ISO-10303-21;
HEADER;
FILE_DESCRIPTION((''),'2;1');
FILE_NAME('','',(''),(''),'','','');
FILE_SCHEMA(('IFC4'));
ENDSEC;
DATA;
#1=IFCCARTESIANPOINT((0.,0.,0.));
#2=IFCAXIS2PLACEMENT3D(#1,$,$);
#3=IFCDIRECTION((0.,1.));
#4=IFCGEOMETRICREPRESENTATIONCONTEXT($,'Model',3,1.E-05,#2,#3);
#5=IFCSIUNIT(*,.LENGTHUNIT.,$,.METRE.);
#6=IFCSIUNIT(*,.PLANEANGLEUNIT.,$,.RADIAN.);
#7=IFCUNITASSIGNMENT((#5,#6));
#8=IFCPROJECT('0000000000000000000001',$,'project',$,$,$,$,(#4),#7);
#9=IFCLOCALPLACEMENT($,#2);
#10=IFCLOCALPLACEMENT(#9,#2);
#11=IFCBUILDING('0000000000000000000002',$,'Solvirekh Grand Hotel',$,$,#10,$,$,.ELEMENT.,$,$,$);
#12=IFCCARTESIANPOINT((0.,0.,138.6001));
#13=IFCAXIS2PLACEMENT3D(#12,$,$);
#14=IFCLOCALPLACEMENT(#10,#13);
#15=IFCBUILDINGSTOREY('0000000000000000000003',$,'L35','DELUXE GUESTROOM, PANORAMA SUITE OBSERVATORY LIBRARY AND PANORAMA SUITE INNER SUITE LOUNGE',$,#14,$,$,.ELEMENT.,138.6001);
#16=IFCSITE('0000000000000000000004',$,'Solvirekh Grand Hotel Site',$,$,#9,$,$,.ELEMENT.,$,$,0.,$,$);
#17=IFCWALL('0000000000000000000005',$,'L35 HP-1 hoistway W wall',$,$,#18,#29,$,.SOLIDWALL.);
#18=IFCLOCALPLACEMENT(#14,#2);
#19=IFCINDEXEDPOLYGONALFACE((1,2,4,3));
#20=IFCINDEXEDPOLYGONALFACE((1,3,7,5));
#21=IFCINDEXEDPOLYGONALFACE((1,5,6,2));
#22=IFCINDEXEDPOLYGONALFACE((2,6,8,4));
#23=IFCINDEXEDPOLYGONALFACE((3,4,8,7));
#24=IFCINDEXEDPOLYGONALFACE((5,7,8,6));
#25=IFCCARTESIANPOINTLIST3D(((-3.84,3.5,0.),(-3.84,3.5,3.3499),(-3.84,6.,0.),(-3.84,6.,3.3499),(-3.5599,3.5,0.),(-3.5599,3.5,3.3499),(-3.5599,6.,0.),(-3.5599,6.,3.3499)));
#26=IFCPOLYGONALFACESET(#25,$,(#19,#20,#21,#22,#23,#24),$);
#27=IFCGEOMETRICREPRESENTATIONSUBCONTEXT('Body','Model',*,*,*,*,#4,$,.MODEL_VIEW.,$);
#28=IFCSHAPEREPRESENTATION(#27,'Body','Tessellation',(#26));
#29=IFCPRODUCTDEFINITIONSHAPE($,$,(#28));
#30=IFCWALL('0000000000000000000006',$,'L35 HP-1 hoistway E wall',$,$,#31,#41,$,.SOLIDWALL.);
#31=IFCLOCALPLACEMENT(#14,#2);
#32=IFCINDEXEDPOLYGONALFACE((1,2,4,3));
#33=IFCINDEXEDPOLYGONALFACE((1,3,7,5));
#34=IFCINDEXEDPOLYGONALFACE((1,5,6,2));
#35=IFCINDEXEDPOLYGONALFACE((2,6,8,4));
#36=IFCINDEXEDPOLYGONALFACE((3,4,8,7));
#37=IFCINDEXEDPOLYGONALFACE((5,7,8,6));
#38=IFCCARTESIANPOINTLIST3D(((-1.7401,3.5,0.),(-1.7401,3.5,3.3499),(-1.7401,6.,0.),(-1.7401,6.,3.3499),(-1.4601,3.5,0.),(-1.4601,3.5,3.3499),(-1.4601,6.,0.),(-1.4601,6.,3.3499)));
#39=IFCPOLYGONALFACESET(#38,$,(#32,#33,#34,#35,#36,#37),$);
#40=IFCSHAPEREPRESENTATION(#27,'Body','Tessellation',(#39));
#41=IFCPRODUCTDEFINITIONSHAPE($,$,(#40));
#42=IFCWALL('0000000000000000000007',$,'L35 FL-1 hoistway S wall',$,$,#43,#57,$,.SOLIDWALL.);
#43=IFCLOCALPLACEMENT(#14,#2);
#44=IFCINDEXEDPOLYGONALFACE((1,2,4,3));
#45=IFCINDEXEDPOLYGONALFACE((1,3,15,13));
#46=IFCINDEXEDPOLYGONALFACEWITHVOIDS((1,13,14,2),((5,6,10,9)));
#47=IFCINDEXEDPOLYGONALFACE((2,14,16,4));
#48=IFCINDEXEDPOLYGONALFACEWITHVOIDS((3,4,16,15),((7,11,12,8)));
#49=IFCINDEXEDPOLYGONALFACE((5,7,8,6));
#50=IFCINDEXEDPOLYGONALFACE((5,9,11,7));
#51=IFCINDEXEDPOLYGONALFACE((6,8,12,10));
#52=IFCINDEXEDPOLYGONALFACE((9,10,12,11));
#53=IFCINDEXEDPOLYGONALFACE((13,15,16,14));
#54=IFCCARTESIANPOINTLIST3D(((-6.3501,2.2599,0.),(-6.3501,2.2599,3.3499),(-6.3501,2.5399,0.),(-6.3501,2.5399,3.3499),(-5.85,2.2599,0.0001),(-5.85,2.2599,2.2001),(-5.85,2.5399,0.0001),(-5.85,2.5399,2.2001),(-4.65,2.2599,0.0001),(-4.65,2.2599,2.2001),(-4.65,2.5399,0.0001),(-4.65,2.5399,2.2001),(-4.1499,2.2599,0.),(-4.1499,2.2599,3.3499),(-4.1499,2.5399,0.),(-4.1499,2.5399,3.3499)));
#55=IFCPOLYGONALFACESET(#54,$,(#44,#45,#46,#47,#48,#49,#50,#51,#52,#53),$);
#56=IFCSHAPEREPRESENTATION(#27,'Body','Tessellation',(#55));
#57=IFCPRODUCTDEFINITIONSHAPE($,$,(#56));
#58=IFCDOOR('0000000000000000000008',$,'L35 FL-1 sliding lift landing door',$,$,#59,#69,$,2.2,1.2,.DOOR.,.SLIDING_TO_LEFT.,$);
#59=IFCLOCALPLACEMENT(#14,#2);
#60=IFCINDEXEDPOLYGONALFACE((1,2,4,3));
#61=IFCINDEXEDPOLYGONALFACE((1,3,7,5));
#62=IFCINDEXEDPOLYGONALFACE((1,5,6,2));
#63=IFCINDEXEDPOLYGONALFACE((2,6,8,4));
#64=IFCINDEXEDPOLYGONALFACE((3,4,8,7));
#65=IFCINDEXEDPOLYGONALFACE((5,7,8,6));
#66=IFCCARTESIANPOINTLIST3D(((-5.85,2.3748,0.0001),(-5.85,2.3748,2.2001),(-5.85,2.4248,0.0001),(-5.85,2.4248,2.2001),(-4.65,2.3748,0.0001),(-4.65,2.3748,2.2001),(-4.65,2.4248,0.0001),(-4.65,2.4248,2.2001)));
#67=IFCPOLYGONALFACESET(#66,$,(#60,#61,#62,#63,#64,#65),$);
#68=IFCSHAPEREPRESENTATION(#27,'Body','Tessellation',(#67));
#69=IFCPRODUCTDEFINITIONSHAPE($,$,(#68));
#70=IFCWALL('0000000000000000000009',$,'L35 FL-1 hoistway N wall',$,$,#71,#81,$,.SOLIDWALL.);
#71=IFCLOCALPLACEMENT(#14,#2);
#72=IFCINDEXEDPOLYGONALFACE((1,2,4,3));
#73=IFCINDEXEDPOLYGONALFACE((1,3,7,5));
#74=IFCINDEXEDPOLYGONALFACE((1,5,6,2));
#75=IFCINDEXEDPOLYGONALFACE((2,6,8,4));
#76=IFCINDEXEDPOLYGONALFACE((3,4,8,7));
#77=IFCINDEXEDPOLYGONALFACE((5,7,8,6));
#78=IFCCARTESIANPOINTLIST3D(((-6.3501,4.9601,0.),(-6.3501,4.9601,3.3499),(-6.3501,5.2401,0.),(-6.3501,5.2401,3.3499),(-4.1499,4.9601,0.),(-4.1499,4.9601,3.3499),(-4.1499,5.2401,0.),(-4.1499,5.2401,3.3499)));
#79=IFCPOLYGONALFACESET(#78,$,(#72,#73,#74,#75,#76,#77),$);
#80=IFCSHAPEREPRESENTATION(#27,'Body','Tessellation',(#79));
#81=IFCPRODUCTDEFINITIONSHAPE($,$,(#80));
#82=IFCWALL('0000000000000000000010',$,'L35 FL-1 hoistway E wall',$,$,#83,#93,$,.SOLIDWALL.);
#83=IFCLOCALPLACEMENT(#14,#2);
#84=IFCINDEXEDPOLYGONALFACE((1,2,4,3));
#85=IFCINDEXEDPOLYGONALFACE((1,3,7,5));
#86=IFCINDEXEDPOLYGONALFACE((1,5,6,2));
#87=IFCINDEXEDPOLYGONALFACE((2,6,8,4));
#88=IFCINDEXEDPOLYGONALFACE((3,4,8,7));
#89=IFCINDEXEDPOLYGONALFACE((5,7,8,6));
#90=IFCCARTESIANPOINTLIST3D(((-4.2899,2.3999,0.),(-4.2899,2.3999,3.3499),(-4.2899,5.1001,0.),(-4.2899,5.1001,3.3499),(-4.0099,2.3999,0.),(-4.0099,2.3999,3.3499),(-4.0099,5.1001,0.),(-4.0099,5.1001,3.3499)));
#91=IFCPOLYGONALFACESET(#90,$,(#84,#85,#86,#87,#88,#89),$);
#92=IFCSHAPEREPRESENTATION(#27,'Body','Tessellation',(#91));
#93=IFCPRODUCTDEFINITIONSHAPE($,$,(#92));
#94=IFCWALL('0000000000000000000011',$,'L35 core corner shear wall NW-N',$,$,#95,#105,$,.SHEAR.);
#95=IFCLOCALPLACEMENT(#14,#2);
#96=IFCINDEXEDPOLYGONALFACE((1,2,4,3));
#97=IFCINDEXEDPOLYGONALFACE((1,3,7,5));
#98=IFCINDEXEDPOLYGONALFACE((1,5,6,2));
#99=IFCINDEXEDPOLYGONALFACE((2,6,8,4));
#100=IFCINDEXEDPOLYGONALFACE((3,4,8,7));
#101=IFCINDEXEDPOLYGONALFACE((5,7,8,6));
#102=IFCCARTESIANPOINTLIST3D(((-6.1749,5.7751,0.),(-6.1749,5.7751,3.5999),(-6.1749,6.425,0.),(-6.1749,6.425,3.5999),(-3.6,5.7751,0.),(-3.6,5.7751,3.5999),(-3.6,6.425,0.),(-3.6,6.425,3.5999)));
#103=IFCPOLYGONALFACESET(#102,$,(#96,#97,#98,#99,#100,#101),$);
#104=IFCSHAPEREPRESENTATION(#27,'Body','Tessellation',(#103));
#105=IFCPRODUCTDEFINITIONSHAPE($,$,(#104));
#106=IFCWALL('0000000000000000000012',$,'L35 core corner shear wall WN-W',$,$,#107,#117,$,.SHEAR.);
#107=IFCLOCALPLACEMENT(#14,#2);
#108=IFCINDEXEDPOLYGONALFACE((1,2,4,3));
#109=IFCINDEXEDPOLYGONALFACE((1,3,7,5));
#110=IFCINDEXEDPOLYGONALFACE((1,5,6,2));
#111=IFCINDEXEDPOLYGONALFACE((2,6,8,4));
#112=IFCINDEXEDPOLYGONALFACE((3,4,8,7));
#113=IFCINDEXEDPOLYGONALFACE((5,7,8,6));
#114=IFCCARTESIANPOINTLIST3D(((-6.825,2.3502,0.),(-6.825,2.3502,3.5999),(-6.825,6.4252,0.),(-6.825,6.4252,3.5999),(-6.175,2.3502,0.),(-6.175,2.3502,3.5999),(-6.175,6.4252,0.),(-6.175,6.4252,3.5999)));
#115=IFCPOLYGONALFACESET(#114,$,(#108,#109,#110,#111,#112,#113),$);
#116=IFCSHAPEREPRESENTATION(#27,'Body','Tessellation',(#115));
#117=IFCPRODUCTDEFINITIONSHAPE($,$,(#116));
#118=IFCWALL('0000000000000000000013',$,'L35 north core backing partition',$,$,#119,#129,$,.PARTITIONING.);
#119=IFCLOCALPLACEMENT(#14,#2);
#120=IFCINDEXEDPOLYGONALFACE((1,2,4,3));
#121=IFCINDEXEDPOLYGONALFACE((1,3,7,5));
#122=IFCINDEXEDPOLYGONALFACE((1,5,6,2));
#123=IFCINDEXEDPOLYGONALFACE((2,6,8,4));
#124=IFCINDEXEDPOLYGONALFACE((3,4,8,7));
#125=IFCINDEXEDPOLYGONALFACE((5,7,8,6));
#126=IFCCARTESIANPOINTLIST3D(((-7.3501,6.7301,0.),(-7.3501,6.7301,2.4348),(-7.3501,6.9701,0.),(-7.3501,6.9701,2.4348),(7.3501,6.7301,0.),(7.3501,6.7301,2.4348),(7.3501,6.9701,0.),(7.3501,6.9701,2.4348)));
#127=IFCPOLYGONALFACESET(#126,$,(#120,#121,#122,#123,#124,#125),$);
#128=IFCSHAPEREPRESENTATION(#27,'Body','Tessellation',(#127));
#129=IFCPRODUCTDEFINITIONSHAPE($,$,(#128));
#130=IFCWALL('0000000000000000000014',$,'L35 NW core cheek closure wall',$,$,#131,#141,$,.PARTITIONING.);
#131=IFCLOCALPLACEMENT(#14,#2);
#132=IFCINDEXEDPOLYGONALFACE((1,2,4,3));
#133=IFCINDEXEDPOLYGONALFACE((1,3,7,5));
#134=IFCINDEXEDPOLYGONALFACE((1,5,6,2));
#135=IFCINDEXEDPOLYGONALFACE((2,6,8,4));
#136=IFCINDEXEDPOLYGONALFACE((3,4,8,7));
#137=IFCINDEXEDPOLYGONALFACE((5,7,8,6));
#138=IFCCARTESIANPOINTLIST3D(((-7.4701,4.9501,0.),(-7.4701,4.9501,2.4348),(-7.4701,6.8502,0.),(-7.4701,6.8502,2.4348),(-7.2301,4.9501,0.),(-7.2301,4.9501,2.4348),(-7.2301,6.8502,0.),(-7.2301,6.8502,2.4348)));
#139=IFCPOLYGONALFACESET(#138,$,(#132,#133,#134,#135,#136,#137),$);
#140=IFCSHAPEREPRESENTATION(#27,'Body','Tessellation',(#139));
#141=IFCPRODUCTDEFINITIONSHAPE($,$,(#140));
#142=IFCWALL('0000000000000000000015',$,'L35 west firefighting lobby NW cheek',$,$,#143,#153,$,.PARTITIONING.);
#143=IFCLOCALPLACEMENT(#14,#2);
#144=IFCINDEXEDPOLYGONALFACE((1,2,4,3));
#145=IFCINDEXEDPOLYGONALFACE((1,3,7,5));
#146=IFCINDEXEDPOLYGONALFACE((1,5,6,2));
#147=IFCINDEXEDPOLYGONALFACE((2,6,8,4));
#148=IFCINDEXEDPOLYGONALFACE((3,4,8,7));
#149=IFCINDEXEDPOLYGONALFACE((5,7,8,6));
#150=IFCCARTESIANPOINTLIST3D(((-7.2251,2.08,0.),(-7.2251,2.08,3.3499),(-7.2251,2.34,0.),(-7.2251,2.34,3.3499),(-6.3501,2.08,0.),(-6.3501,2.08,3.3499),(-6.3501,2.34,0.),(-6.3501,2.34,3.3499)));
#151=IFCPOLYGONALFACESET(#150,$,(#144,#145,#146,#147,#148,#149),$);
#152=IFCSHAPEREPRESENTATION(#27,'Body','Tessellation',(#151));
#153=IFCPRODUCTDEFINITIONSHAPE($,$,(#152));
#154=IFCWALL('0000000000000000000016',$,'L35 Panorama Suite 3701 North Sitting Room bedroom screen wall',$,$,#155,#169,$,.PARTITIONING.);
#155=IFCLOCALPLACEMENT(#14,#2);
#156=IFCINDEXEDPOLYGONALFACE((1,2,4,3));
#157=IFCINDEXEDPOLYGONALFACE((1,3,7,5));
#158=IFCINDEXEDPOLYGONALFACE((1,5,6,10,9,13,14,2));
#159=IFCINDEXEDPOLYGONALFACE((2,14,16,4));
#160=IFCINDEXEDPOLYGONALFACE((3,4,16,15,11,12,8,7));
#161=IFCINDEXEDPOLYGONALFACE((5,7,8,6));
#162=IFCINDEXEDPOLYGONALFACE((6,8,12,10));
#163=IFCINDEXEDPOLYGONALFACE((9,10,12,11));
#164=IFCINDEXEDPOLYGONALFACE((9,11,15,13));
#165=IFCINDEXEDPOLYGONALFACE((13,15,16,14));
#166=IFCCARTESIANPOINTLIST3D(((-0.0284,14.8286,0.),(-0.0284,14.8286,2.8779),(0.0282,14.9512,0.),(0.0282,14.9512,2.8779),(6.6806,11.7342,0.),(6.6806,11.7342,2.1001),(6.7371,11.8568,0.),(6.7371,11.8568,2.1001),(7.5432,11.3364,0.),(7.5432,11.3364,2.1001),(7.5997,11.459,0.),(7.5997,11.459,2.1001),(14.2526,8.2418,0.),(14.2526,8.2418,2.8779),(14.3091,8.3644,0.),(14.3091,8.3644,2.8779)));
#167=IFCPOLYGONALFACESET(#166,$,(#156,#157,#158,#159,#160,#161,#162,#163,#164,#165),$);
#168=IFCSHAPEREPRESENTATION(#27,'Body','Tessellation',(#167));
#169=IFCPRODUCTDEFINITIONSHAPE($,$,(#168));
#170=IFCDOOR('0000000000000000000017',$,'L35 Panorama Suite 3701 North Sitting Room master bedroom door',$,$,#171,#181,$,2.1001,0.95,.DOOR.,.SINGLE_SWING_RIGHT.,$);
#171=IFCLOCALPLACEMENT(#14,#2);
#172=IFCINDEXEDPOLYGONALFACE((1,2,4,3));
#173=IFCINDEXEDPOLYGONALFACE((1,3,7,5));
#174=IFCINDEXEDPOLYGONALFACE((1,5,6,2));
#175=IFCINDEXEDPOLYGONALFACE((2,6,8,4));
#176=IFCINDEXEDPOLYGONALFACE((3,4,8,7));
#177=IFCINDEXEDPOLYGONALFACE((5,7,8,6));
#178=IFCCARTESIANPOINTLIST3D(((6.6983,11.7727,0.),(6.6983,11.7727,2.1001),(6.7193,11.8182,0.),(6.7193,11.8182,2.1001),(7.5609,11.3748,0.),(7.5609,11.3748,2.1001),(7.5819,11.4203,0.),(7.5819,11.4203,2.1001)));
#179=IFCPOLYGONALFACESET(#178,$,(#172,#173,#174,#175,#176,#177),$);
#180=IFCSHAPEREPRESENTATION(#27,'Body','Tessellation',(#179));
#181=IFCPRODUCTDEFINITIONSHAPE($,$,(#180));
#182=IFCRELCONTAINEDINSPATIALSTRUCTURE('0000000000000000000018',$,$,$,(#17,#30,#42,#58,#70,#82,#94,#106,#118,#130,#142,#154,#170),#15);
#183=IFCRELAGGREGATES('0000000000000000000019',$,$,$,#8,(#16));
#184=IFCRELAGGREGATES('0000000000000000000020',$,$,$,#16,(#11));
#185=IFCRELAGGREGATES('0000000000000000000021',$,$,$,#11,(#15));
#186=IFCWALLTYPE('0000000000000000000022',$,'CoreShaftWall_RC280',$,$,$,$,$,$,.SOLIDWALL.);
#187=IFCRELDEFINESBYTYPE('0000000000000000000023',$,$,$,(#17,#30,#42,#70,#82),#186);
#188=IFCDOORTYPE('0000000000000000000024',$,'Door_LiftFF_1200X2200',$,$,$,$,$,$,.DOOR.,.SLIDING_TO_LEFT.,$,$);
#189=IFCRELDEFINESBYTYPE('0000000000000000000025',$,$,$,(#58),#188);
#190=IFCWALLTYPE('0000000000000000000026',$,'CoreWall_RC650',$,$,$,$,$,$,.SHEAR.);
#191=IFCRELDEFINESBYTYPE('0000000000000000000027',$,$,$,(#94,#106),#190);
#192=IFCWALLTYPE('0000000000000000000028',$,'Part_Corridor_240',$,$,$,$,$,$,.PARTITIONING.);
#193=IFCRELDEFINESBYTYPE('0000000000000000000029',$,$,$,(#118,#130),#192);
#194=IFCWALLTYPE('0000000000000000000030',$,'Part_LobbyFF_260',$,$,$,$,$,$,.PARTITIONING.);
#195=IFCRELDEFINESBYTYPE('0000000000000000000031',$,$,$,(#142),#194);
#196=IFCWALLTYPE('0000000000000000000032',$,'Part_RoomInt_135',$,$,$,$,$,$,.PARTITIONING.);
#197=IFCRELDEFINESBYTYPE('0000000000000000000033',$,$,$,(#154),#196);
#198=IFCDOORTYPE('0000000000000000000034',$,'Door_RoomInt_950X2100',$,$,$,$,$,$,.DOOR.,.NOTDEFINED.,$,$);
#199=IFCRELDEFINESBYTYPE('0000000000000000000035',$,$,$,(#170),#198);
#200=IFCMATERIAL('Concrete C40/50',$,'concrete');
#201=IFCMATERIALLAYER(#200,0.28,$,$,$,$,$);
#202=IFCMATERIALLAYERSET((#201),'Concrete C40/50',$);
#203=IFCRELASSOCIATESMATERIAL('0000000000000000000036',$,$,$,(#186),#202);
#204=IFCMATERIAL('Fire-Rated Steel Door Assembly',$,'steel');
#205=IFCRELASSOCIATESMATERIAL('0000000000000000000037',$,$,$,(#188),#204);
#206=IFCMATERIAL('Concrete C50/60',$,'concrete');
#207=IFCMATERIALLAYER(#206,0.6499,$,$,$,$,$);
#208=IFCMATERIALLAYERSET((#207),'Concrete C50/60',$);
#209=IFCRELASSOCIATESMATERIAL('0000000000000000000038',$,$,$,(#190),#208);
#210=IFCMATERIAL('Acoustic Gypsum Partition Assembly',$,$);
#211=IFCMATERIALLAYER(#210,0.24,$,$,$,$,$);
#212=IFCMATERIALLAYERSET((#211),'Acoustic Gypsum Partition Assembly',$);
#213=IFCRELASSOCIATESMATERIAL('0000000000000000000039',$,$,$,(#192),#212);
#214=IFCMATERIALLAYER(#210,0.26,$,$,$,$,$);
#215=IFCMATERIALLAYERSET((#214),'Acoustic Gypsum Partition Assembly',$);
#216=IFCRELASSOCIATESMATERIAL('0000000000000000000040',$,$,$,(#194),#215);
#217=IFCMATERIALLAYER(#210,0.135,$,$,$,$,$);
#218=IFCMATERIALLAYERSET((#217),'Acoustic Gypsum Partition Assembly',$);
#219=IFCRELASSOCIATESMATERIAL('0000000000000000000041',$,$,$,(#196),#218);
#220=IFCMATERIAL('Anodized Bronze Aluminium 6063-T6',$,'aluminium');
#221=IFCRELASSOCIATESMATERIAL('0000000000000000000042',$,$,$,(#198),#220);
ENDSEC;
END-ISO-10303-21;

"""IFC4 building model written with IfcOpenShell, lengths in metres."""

from ifc_helpers import new_model, si_unit, direction, frame, frame_2d, origin, place, context, subcontext, project, spatial, rectangle, extrude, material, layer, layer_set, type_object, element, fill, save


model = new_model("IFC4")

# Units and contexts
model_context = context("Model", 3, precision=1e-05, world=origin(), true_north=direction((0.0, 1.0)))
body_context = subcontext(model_context, "Body", "Model", "MODEL_VIEW")
ifc_project = project(units=[si_unit("LENGTHUNIT", "METRE"), si_unit("PLANEANGLEUNIT", "RADIAN")], contexts=[model_context])

# Site, building, storey
site_placement = place(None, origin())
site = spatial("IfcSite", under=ifc_project, at=site_placement, Name="Solvirekh Grand Hotel Site", CompositionType="ELEMENT", RefElevation=0.0)
building_placement = place(site_placement, origin())
building = spatial("IfcBuilding", under=site, at=building_placement, Name="Solvirekh Grand Hotel", CompositionType="ELEMENT")
storey_placement = place(building_placement, frame((0.0, 0.0, 138.6001)))
storey = spatial("IfcBuildingStorey", under=building, at=storey_placement, Name="L35", Description="DELUXE GUESTROOM, PANORAMA SUITE OBSERVATORY LIBRARY AND PANORAMA SUITE INNER SUITE LOUNGE", CompositionType="ELEMENT", Elevation=138.6001)

# Shared definitions
ifc_material_1 = material(Name="Concrete C50/60", Category="concrete")

# Shared definitions
ifc_material_2 = material(Name="Anodized Bronze Aluminium 6063-T6", Category="aluminium")

# Walls
ifc_material_3 = material(Name="Concrete C40/50", Category="concrete")
ifc_layer_1 = layer(ifc_material_3, 0.28)
ifc_layer_set_1 = layer_set([ifc_layer_1], Name="Concrete C40/50")
wall_type_1 = type_object("IfcWallType", Name="CoreShaftWall_RC280", PredefinedType="SOLIDWALL", material=ifc_layer_set_1)
for number, where, z_axis, x_axis, name in (
    (1, (-3.7, 6.0, 0.0), (0.0, 0.0, 1.0), (0.0, -1.0, 0.0), "L35 HP-1 hoistway W wall"),
    (2, (-1.6001, 3.5, 0.0), (0.0, 0.0, 1.0), (0.0, 1.0, 0.0), "L35 HP-1 hoistway E wall"),
):
    element("IfcWall", number, at=place(storey_placement, frame(where, z_axis=z_axis, x_axis=x_axis)), inside=storey, type_object=wall_type_1, Name=name, PredefinedType="SOLIDWALL", context=body_context, shape_type="SweptSolid", body=[
        extrude(rectangle(XDim=2.5, YDim=0.28, at=frame_2d((1.25, 0.0))), origin(), (0.0, 0.0, 1.0), 3.3499),
    ])

# Wall, opening, door
wall_1_placement = place(storey_placement, frame((-6.3501, 2.3999, 0.0), z_axis=(0.0, 0.0, 1.0), x_axis=(1.0, 0.0, 0.0)))
wall_1 = element("IfcWall", 3, at=wall_1_placement, inside=storey, type_object=wall_type_1, Name="L35 FL-1 hoistway S wall", PredefinedType="SOLIDWALL", context=body_context, shape_type="SweptSolid", body=[
    extrude(rectangle(XDim=2.2002, YDim=0.28, at=frame_2d((1.1001, 0.0))), origin(), (0.0, 0.0, 1.0), 3.3499),
])
opening_1_placement = place(wall_1_placement, frame((0.5, 0.0, 0.0)))
opening_1 = element("IfcOpeningElement", 4, at=opening_1_placement, cuts=wall_1, PredefinedType="OPENING", context=body_context, shape_type="SweptSolid", body=[
    extrude(rectangle(XDim=1.2, YDim=2.2, at=frame_2d((0.6001, 1.1001))), frame((0.0, 0.1499, 0.0), z_axis=(0.0, -1.0, 0.0), x_axis=(1.0, 0.0, 0.0)), (0.0, 0.0, 1.0), 0.3),
])
ifc_material_4 = material(Name="Fire-Rated Steel Door Assembly", Category="steel")
door_type_1 = type_object("IfcDoorType", Name="Door_LiftFF_1200X2200", OperationType="SLIDING_TO_LEFT", PredefinedType="DOOR", material=ifc_material_4)
door_1_placement = place(opening_1_placement, origin())
door_1 = element("IfcDoor", 5, at=door_1_placement, inside=storey, type_object=door_type_1, Name="L35 FL-1 sliding lift landing door", OperationType="SLIDING_TO_LEFT", OverallHeight=2.2, OverallWidth=1.2, PredefinedType="DOOR", context=body_context, shape_type="SweptSolid", body=[
    extrude(rectangle(XDim=1.2, YDim=2.2, at=frame_2d((0.6001, 1.1001))), frame((0.0, 0.0249, 0.0), z_axis=(0.0, -1.0, 0.0), x_axis=(1.0, 0.0, 0.0)), (0.0, 0.0, 1.0), 0.05),
])
fill(opening_1, door_1)

# Walls
wall_2_placement = place(storey_placement, frame((-4.1499, 5.1001, 0.0), z_axis=(0.0, 0.0, 1.0), x_axis=(-1.0, 0.0, 0.0)))
element("IfcWall", 6, at=wall_2_placement, inside=storey, type_object=wall_type_1, Name="L35 FL-1 hoistway N wall", PredefinedType="SOLIDWALL", context=body_context, shape_type="SweptSolid", body=[
    extrude(rectangle(XDim=2.2002, YDim=0.28, at=frame_2d((1.1001, 0.0))), origin(), (0.0, 0.0, 1.0), 3.3499),
])
wall_3_placement = place(storey_placement, frame((-4.1499, 2.3999, 0.0), z_axis=(0.0, 0.0, 1.0), x_axis=(0.0, 1.0, 0.0)))
element("IfcWall", 7, at=wall_3_placement, inside=storey, type_object=wall_type_1, Name="L35 FL-1 hoistway E wall", PredefinedType="SOLIDWALL", context=body_context, shape_type="SweptSolid", body=[
    extrude(rectangle(XDim=2.7002, YDim=0.28, at=frame_2d((1.3501, 0.0))), origin(), (0.0, 0.0, 1.0), 3.3499),
])
ifc_layer_2 = layer(ifc_material_1, 0.6499)
ifc_layer_set_2 = layer_set([ifc_layer_2], Name="Concrete C50/60")
wall_type_2 = type_object("IfcWallType", Name="CoreWall_RC650", PredefinedType="SHEAR", material=ifc_layer_set_2)
wall_4_placement = place(storey_placement, frame((-6.175, 6.1001, 0.0), z_axis=(0.0, 0.0, 1.0), x_axis=(1.0, 0.0, 0.0)))
element("IfcWall", 8, at=wall_4_placement, inside=storey, type_object=wall_type_2, Name="L35 core corner shear wall NW-N", PredefinedType="SHEAR", context=body_context, shape_type="SweptSolid", body=[
    extrude(rectangle(XDim=2.575, YDim=0.6499, at=frame_2d((1.2876, 0.0))), origin(), (0.0, 0.0, 1.0), 3.5999),
])
wall_5_placement = place(storey_placement, frame((-6.5, 2.3501, 0.0), z_axis=(0.0, 0.0, 1.0), x_axis=(0.0, 1.0, 0.0)))
element("IfcWall", 9, at=wall_5_placement, inside=storey, type_object=wall_type_2, Name="L35 core corner shear wall WN-W", PredefinedType="SHEAR", context=body_context, shape_type="SweptSolid", body=[
    extrude(rectangle(XDim=4.075, YDim=0.6499, at=frame_2d((2.0376, 0.0))), origin(), (0.0, 0.0, 1.0), 3.5999),
])
ifc_material_5 = material(Name="Acoustic Gypsum Partition Assembly")
ifc_layer_3 = layer(ifc_material_5, 0.24)
ifc_layer_set_3 = layer_set([ifc_layer_3], Name="Acoustic Gypsum Partition Assembly")
wall_type_3 = type_object("IfcWallType", Name="Part_Corridor_240", PredefinedType="PARTITIONING", material=ifc_layer_set_3)
wall_6_placement = place(storey_placement, frame((-7.3501, 6.8501, 0.0), z_axis=(0.0, 0.0, 1.0), x_axis=(1.0, 0.0, 0.0)))
element("IfcWall", 10, at=wall_6_placement, inside=storey, type_object=wall_type_3, Name="L35 north core backing partition", PredefinedType="PARTITIONING", context=body_context, shape_type="SweptSolid", body=[
    extrude(rectangle(XDim=14.7002, YDim=0.24, at=frame_2d((7.3501, 0.0))), origin(), (0.0, 0.0, 1.0), 2.4348),
])
wall_7_placement = place(storey_placement, frame((-7.3501, 4.95, 0.0), z_axis=(0.0, 0.0, 1.0), x_axis=(0.0, 1.0, 0.0)))
element("IfcWall", 11, at=wall_7_placement, inside=storey, type_object=wall_type_3, Name="L35 NW core cheek closure wall", PredefinedType="PARTITIONING", context=body_context, shape_type="SweptSolid", body=[
    extrude(rectangle(XDim=1.9001, YDim=0.24, at=frame_2d((0.9502, 0.0))), origin(), (0.0, 0.0, 1.0), 2.4348),
])
ifc_layer_4 = layer(ifc_material_5, 0.26)
ifc_layer_set_4 = layer_set([ifc_layer_4], Name="Acoustic Gypsum Partition Assembly")
wall_type_4 = type_object("IfcWallType", Name="Part_LobbyFF_260", PredefinedType="PARTITIONING", material=ifc_layer_set_4)
wall_8_placement = place(storey_placement, frame((-7.2251, 2.21, 0.0), z_axis=(0.0, 0.0, 1.0), x_axis=(1.0, 0.0, 0.0)))
element("IfcWall", 12, at=wall_8_placement, inside=storey, type_object=wall_type_4, Name="L35 west firefighting lobby NW cheek", PredefinedType="PARTITIONING", context=body_context, shape_type="SweptSolid", body=[
    extrude(rectangle(XDim=0.875, YDim=0.26, at=frame_2d((0.4375, 0.0))), origin(), (0.0, 0.0, 1.0), 3.3499),
])

# Wall, opening, door
ifc_layer_5 = layer(ifc_material_5, 0.135)
ifc_layer_set_5 = layer_set([ifc_layer_5], Name="Acoustic Gypsum Partition Assembly")
wall_type_5 = type_object("IfcWallType", Name="Part_RoomInt_135", PredefinedType="PARTITIONING", material=ifc_layer_set_5)
wall_9_placement = place(storey_placement, frame((0.0, 14.8899, 0.0), z_axis=(0.0, 0.0, 1.0), x_axis=(0.908064, -0.418832, 0.0)))
wall_9 = element("IfcWall", 13, at=wall_9_placement, inside=storey, type_object=wall_type_5, Name="L35 Panorama Suite 3701 North Sitting Room bedroom screen wall", PredefinedType="PARTITIONING", context=body_context, shape_type="SweptSolid", body=[
    extrude(rectangle(XDim=15.7268, YDim=0.135, at=frame_2d((7.8633, 0.0))), origin(), (0.0, 0.0, 1.0), 2.8779),
])
opening_2_placement = place(wall_9_placement, frame((7.3879, 0.0, 0.0)))
opening_2 = element("IfcOpeningElement", 14, at=opening_2_placement, cuts=wall_9, PredefinedType="OPENING", context=body_context, shape_type="SweptSolid", body=[
    extrude(rectangle(XDim=0.95, YDim=2.1001, at=frame_2d((0.4751, 1.05))), frame((0.0, 0.0776, 0.0), z_axis=(0.0, -1.0, 0.0), x_axis=(1.0, 0.0, 0.0)), (0.0, 0.0, 1.0), 0.155),
])
door_type_2 = type_object("IfcDoorType", Name="Door_RoomInt_950X2100", OperationType="NOTDEFINED", PredefinedType="DOOR", material=ifc_material_2)
door_2_placement = place(opening_2_placement, origin())
door_2 = element("IfcDoor", 15, at=door_2_placement, inside=storey, type_object=door_type_2, Name="L35 Panorama Suite 3701 North Sitting Room master bedroom door", OperationType="SINGLE_SWING_RIGHT", OverallHeight=2.1001, OverallWidth=0.95, PredefinedType="DOOR", context=body_context, shape_type="SweptSolid", body=[
    extrude(rectangle(XDim=0.95, YDim=2.1001, at=frame_2d((0.4751, 1.05))), frame((0.0, 0.0249, 0.0), z_axis=(0.0, -1.0, 0.0), x_axis=(1.0, 0.0, 0.0)), (0.0, 0.0, 1.0), 0.05),
])
fill(opening_2, door_2)

save(model, "model.ifc")
